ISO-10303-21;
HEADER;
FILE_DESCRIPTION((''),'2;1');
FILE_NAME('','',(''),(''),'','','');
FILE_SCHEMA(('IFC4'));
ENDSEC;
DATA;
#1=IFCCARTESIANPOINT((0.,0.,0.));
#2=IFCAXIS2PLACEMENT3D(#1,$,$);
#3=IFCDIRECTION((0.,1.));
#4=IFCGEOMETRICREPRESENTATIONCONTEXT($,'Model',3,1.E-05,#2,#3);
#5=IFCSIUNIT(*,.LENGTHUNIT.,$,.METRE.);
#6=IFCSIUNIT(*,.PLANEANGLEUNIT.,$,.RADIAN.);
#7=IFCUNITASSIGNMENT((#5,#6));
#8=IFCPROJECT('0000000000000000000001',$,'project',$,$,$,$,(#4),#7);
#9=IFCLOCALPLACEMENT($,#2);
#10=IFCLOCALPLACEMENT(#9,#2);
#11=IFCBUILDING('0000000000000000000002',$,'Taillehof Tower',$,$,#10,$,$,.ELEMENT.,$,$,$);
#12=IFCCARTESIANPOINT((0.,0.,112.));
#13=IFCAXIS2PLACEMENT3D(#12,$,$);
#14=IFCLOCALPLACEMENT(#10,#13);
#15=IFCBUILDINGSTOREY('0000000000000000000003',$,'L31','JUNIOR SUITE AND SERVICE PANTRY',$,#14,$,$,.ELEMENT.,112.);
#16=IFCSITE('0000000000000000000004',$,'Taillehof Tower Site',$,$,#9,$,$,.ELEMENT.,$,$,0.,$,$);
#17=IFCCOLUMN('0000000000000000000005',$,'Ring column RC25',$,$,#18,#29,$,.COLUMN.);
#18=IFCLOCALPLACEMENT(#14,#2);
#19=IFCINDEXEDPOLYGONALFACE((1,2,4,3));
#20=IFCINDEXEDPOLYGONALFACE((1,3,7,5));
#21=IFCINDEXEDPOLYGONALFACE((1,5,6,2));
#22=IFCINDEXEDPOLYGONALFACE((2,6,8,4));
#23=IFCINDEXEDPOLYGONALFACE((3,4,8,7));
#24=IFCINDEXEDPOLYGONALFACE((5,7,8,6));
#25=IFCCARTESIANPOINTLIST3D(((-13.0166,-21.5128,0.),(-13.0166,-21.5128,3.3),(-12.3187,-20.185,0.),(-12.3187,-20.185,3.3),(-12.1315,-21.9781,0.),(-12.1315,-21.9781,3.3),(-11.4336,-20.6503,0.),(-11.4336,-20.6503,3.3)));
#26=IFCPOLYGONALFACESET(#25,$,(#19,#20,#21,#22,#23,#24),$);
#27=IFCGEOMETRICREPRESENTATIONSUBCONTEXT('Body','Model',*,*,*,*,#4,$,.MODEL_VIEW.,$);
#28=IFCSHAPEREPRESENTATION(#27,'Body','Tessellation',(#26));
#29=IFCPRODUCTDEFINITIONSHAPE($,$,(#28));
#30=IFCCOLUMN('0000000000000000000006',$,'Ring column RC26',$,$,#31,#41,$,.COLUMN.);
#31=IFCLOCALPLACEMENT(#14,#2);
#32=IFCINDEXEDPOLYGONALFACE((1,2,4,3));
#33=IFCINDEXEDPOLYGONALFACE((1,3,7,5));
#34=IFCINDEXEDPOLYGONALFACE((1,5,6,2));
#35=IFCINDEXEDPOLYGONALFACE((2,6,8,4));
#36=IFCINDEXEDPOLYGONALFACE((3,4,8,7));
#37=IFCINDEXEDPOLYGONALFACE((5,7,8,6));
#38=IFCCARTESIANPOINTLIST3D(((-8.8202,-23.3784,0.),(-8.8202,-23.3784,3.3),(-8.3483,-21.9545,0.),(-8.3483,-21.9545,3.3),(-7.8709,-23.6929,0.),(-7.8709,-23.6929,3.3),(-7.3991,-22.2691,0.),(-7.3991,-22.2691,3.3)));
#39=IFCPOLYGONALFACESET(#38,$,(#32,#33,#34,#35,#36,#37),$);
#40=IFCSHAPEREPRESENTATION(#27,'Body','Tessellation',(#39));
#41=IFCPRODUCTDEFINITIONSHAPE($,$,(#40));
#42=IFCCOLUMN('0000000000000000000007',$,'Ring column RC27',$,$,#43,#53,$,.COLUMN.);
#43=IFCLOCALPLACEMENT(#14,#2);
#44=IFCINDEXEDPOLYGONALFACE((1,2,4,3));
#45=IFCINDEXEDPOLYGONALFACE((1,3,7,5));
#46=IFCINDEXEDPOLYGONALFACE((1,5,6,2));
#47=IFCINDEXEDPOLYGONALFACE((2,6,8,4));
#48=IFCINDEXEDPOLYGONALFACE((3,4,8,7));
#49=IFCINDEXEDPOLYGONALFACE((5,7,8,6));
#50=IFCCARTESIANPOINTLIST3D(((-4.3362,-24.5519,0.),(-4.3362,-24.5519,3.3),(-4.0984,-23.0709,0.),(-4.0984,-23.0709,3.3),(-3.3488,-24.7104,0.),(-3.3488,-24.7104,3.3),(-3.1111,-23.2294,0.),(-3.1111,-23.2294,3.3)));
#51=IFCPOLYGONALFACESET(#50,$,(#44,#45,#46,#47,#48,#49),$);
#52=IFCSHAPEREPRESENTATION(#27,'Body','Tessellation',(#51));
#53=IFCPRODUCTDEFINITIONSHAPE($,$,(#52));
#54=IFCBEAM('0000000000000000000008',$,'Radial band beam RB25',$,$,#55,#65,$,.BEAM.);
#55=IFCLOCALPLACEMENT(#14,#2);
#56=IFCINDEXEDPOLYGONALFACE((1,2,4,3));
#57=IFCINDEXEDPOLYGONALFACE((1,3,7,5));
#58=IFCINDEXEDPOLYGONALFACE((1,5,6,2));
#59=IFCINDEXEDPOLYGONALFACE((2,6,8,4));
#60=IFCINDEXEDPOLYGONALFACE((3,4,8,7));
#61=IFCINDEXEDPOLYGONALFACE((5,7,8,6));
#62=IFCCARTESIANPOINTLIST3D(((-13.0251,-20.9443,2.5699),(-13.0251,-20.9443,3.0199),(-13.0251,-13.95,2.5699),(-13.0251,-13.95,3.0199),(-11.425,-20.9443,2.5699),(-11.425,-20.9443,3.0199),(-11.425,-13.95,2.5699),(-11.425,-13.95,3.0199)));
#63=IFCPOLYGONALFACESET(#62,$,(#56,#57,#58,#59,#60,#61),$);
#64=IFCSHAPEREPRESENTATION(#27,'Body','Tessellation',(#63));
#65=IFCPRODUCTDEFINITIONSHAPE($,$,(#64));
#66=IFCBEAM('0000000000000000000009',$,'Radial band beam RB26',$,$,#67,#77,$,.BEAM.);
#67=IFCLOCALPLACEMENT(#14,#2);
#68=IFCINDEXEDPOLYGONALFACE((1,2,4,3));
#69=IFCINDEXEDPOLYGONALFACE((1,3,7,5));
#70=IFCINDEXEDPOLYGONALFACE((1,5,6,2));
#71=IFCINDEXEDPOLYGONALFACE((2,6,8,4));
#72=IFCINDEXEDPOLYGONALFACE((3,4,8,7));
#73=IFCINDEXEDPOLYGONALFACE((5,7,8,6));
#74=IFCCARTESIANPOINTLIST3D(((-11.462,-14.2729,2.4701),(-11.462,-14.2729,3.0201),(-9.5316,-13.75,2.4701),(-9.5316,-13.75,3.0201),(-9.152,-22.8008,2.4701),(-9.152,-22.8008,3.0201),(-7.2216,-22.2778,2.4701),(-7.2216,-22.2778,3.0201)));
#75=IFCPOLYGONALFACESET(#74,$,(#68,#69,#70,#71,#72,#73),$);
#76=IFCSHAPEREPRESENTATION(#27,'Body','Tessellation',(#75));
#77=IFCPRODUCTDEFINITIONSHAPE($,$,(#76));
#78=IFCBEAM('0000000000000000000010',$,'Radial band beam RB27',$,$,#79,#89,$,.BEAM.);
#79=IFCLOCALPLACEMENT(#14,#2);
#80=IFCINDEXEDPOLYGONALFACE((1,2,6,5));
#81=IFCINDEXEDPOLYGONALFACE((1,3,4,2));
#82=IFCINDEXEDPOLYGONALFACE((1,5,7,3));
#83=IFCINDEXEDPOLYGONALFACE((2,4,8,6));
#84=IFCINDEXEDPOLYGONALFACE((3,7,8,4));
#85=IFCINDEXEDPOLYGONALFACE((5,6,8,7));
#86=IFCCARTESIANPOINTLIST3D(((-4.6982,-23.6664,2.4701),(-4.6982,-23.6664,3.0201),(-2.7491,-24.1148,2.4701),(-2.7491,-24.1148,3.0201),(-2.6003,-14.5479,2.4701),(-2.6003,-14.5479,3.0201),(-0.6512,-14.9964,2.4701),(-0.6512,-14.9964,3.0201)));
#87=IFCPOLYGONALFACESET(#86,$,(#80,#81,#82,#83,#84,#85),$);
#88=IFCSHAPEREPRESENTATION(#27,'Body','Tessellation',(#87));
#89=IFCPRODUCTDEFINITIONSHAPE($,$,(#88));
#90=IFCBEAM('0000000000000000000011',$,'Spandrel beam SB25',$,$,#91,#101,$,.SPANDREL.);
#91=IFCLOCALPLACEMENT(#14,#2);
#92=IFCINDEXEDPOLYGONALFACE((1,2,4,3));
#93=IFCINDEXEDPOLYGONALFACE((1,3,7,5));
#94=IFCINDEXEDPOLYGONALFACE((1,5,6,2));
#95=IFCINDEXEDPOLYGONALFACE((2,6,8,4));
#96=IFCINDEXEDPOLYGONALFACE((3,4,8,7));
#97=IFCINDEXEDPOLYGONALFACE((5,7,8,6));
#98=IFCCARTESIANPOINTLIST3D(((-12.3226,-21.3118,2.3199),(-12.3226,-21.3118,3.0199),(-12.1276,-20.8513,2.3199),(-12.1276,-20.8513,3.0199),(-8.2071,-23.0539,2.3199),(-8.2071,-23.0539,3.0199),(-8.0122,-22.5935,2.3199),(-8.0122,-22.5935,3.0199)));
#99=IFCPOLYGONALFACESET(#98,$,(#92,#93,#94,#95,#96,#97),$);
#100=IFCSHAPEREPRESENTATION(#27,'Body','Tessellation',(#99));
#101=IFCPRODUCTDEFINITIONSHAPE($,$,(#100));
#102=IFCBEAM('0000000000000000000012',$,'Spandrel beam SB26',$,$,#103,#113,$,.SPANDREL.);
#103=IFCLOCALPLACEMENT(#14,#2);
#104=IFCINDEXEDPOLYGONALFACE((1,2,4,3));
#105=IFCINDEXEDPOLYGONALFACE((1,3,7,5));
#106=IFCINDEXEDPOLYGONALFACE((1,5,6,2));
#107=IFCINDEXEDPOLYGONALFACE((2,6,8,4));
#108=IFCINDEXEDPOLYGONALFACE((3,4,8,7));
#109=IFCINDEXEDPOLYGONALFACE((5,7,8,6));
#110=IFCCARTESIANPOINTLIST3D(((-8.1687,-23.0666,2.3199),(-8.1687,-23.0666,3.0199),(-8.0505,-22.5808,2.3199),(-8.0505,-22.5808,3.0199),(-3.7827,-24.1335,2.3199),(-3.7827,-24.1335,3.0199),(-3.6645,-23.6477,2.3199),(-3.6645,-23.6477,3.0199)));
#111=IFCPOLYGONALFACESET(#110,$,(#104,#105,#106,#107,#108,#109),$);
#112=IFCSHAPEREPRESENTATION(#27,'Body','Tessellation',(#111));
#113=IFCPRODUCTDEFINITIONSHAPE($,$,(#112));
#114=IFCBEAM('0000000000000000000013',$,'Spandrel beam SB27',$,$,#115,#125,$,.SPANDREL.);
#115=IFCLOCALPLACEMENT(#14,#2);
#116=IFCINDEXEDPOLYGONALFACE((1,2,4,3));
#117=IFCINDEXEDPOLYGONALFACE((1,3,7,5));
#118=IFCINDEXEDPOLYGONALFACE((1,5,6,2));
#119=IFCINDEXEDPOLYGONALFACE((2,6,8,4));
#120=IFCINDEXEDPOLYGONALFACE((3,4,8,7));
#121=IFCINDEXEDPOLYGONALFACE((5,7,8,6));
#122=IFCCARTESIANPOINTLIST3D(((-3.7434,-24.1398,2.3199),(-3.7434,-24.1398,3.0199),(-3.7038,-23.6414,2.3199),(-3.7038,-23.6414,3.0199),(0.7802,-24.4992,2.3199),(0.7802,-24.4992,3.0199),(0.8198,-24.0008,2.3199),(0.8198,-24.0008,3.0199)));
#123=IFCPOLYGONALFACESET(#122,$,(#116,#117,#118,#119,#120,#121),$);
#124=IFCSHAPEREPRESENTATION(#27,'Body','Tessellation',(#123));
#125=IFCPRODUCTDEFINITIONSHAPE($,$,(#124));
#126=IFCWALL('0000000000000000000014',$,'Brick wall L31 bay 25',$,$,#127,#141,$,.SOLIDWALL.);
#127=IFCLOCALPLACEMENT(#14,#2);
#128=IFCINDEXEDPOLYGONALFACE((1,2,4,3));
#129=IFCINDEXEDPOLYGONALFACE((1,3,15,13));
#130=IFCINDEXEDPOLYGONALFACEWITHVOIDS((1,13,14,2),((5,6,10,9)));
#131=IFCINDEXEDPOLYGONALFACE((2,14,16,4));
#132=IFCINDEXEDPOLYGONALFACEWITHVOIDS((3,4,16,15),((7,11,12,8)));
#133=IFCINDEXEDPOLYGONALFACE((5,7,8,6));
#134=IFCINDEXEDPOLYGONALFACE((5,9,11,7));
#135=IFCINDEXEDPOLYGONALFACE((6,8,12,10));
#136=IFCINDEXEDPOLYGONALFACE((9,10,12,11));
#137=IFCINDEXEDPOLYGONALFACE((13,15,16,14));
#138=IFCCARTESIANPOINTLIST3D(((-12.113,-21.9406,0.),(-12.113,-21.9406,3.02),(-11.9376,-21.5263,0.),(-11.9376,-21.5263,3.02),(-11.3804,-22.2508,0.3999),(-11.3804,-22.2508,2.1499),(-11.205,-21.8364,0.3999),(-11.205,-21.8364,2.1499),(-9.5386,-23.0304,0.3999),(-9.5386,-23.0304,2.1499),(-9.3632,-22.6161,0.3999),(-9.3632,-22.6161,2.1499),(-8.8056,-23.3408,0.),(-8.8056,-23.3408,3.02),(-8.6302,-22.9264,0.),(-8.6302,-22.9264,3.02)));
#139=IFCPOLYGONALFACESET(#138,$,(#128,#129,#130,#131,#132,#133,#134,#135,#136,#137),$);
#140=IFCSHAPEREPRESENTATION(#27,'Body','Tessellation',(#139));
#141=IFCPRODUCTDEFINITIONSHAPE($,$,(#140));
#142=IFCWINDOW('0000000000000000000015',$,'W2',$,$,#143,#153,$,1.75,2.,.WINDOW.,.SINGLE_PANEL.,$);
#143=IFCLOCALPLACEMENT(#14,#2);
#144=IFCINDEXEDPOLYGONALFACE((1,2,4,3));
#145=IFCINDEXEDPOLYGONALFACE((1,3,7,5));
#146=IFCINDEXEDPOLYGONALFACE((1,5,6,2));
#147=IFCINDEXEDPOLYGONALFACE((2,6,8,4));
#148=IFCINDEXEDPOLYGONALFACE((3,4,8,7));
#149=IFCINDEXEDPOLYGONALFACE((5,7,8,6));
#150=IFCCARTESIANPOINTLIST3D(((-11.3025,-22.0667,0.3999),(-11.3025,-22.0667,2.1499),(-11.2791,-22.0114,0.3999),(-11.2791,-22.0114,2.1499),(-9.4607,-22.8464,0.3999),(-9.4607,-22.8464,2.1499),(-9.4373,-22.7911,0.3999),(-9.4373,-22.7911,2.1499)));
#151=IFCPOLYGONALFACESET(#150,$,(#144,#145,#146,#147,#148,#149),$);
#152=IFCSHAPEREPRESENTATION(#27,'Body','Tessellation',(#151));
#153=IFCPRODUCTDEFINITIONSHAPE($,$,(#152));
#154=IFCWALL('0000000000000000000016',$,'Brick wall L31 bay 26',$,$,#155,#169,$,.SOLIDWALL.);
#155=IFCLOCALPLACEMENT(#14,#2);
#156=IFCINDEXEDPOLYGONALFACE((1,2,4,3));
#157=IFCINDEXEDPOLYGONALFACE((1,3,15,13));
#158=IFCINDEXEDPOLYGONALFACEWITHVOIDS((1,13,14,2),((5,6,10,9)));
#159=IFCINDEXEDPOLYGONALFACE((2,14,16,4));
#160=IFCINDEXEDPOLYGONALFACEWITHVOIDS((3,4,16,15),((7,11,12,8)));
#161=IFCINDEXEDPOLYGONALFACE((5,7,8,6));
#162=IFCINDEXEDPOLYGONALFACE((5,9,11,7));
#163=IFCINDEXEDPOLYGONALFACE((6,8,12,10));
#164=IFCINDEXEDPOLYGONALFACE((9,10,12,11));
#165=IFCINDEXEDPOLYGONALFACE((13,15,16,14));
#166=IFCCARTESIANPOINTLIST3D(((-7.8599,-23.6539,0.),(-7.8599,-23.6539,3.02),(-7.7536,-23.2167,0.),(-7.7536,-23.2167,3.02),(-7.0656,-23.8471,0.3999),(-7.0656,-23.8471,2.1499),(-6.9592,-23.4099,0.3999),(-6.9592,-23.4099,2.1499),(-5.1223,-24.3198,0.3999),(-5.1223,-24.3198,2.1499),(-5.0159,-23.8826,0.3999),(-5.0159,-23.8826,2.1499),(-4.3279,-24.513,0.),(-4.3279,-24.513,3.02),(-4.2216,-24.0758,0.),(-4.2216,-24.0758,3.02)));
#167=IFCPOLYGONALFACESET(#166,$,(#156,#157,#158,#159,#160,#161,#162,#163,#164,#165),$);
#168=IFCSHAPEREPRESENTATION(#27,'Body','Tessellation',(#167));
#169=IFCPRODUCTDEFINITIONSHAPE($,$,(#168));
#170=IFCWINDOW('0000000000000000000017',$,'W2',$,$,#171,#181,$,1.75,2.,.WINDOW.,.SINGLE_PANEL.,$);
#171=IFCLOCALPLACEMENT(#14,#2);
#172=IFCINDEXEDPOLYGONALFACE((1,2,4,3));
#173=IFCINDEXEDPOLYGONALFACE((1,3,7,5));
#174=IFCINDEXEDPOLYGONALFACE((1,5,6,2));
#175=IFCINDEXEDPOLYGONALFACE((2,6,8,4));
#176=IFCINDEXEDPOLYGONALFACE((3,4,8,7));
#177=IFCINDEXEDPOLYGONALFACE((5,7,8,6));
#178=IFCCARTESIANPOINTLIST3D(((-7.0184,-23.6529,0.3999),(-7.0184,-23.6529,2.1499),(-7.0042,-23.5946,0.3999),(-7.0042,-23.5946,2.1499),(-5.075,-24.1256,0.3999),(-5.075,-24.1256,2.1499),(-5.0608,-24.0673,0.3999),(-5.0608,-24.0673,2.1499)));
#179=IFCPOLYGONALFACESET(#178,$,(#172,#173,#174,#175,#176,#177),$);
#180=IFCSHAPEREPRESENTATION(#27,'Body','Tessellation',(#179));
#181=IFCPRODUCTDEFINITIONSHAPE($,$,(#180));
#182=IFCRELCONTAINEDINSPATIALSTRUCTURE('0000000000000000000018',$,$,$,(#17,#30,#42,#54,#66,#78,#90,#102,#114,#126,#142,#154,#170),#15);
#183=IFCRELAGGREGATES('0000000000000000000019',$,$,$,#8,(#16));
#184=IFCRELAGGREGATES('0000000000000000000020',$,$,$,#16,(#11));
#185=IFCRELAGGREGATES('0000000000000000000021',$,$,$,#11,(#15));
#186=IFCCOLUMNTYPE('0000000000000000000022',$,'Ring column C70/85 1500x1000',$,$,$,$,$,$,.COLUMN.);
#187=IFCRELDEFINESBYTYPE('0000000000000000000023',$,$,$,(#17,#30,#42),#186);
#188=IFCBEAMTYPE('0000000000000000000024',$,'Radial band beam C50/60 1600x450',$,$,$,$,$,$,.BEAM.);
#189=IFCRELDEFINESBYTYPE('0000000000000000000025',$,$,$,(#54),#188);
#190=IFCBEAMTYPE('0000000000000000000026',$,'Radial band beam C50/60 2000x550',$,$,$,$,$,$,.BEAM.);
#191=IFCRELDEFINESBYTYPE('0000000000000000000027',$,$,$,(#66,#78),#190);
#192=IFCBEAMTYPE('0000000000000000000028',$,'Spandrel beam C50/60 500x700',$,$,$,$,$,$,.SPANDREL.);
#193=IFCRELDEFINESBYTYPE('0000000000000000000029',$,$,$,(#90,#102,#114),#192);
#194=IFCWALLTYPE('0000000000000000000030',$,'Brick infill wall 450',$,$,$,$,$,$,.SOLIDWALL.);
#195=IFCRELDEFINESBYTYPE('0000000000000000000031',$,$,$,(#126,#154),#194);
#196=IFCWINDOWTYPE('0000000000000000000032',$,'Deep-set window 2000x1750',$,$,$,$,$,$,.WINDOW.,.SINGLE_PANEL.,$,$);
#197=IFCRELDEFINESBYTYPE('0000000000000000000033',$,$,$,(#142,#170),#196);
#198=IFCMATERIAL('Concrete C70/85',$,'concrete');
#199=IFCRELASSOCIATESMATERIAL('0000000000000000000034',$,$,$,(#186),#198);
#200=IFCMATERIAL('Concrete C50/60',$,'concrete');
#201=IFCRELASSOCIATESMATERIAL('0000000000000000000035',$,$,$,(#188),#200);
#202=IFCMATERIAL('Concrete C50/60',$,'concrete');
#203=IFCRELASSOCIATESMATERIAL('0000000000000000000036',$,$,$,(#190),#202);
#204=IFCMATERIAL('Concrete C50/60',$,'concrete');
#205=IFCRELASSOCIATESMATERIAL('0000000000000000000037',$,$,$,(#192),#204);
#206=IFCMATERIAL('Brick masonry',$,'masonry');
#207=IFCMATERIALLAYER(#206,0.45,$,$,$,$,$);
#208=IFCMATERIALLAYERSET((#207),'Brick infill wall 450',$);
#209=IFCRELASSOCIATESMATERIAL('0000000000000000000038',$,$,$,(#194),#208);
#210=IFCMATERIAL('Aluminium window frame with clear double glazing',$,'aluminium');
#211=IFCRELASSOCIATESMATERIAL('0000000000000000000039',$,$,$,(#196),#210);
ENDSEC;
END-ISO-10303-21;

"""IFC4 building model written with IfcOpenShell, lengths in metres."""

from ifc_helpers import new_model, si_unit, direction, frame, frame_2d, origin, origin_2d, place, context, subcontext, project, spatial, rectangle, extrude, material, layer, layer_set, material_profile, profile_set, type_object, element, fill, save


model = new_model("IFC4")

# Units and contexts
model_context = context("Model", 3, precision=1e-05, world=origin(), true_north=direction((0.0, 1.0)))
body_context = subcontext(model_context, "Body", "Model", "MODEL_VIEW")
ifc_project = project(units=[si_unit("LENGTHUNIT", "METRE"), si_unit("PLANEANGLEUNIT", "RADIAN")], contexts=[model_context])

# Site, building, storey
site_placement = place(None, origin())
site = spatial("IfcSite", under=ifc_project, at=site_placement, Name="Taillehof Tower Site", CompositionType="ELEMENT", RefElevation=0.0)
building_placement = place(site_placement, origin())
building = spatial("IfcBuilding", under=site, at=building_placement, Name="Taillehof Tower", CompositionType="ELEMENT")
storey_placement = place(building_placement, frame((0.0, 0.0, 112.0)))
storey = spatial("IfcBuildingStorey", under=building, at=storey_placement, Name="L31", Description="JUNIOR SUITE AND SERVICE PANTRY", CompositionType="ELEMENT", Elevation=112.0)

# Columns
ifc_material_1 = material(Name="Concrete C70/85", Category="concrete")
ifc_material_profile_1 = material_profile(ifc_material_1, rectangle(XDim=1.5, YDim=1.0, at=origin_2d()), Name="RC 1500x1000")
ifc_profile_set_1 = profile_set([ifc_material_profile_1], Name="Concrete C70/85")
column_type = type_object("IfcColumnType", Name="Ring column C70/85 1500x1000", PredefinedType="COLUMN", material=ifc_profile_set_1)
for number, where, z_axis, x_axis, name in (
    (1, (-12.2251, -21.0815, 0.0), (0.0, 0.0, 1.0), (-0.465283, -0.885162, 0.0), "Ring column RC25"),
    (2, (-8.1096, -22.8237, 0.0), (0.0, 0.0, 1.0), (-0.314555, -0.949239, 0.0), "Ring column RC26"),
    (3, (-3.7236, -23.8906, 0.0), (0.0, 0.0, 1.0), (-0.158507, -0.987358, 0.0), "Ring column RC27"),
):
    element("IfcColumn", number, at=place(storey_placement, frame(where, z_axis=z_axis, x_axis=x_axis)), inside=storey, type_object=column_type, Name=name, PredefinedType="COLUMN", context=body_context, shape_type="SweptSolid", body=[
        extrude(rectangle(XDim=1.5, YDim=1.0, at=origin_2d()), origin(), (0.0, 0.0, 1.0), 3.3),
    ])

# Beams
ifc_material_2 = material(Name="Concrete C50/60", Category="concrete")
ifc_material_profile_2 = material_profile(ifc_material_2, rectangle(XDim=1.6001, YDim=0.45, at=origin_2d()), Name="RC 1600x450")
ifc_profile_set_2 = profile_set([ifc_material_profile_2], Name="Concrete C50/60")
beam_type_1 = type_object("IfcBeamType", Name="Radial band beam C50/60 1600x450", PredefinedType="BEAM", material=ifc_profile_set_2)
beam_1_placement = place(storey_placement, frame((-12.2251, -20.9443, 2.7949), z_axis=(0.0, 1.0, 0.0), x_axis=(-1.0, 0.0, 0.0)))
element("IfcBeam", 4, at=beam_1_placement, inside=storey, type_object=beam_type_1, Name="Radial band beam RB25", PredefinedType="BEAM", context=body_context, shape_type="SweptSolid", body=[
    extrude(rectangle(XDim=1.6001, YDim=0.45, at=origin_2d()), origin(), (0.0, 0.0, 1.0), 6.9944),
])
ifc_material_3 = material(Name="Concrete C50/60", Category="concrete")
ifc_material_profile_3 = material_profile(ifc_material_3, rectangle(XDim=2.0, YDim=0.55, at=origin_2d()), Name="RC 2000x550")
ifc_profile_set_3 = profile_set([ifc_material_profile_3], Name="Concrete C50/60")
beam_type_2 = type_object("IfcBeamType", Name="Radial band beam C50/60 2000x550", PredefinedType="BEAM", material=ifc_profile_set_3)
beam_2_placement = place(storey_placement, frame((-8.1868, -22.5393, 2.7451), z_axis=(-0.261462, 0.965214, 0.0), x_axis=(-0.965214, -0.261462, 0.0)))
element("IfcBeam", 5, at=beam_2_placement, inside=storey, type_object=beam_type_2, Name="Radial band beam RB26", PredefinedType="BEAM", context=body_context, shape_type="SweptSolid", body=[
    extrude(rectangle(XDim=2.0, YDim=0.55, at=origin_2d()), origin(), (0.0, 0.0, 1.0), 8.8352),
])
beam_3_placement = place(storey_placement, frame((-3.7236, -23.8906, 2.7451), z_axis=(0.224215, 0.97454, 0.0), x_axis=(-0.97454, 0.224215, 0.0)))
element("IfcBeam", 6, at=beam_3_placement, inside=storey, type_object=beam_type_2, Name="Radial band beam RB27", PredefinedType="BEAM", context=body_context, shape_type="SweptSolid", body=[
    extrude(rectangle(XDim=2.0, YDim=0.55, at=origin_2d()), origin(), (0.0, 0.0, 1.0), 9.3567),
])
ifc_material_4 = material(Name="Concrete C50/60", Category="concrete")
ifc_material_profile_4 = material_profile(ifc_material_4, rectangle(XDim=0.5, YDim=0.7, at=origin_2d()), Name="RC 500x700")
ifc_profile_set_4 = profile_set([ifc_material_profile_4], Name="Concrete C50/60")
beam_type_3 = type_object("IfcBeamType", Name="Spandrel beam C50/60 500x700", PredefinedType="SPANDREL", material=ifc_profile_set_4)
beam_4_placement = place(storey_placement, frame((-12.2251, -21.0815, 2.6699), z_axis=(0.920885, -0.389834, 0.0), x_axis=(0.389834, 0.920885, 0.0)))
element("IfcBeam", 7, at=beam_4_placement, inside=storey, type_object=beam_type_3, Name="Spandrel beam SB25", PredefinedType="SPANDREL", context=body_context, shape_type="SweptSolid", body=[
    extrude(rectangle(XDim=0.5, YDim=0.7, at=origin_2d()), origin(), (0.0, 0.0, 1.0), 4.469),
])
beam_5_placement = place(storey_placement, frame((-8.1096, -22.8237, 2.6699), z_axis=(0.971666, -0.236358, 0.0), x_axis=(0.236358, 0.971666, 0.0)))
element("IfcBeam", 8, at=beam_5_placement, inside=storey, type_object=beam_type_3, Name="Spandrel beam SB26", PredefinedType="SPANDREL", context=body_context, shape_type="SweptSolid", body=[
    extrude(rectangle(XDim=0.5, YDim=0.7, at=origin_2d()), origin(), (0.0, 0.0, 1.0), 4.5139),
])
beam_6_placement = place(storey_placement, frame((-3.7236, -23.8906, 2.6699), z_axis=(0.996859, -0.079194, 0.0), x_axis=(0.079194, 0.996859, 0.0)))
element("IfcBeam", 9, at=beam_6_placement, inside=storey, type_object=beam_type_3, Name="Spandrel beam SB27", PredefinedType="SPANDREL", context=body_context, shape_type="SweptSolid", body=[
    extrude(rectangle(XDim=0.5, YDim=0.7, at=origin_2d()), origin(), (0.0, 0.0, 1.0), 4.5378),
])

# Walls, openings, windows
ifc_material_5 = material(Name="Brick masonry", Category="masonry")
ifc_layer_1 = layer(ifc_material_5, 0.45)
ifc_layer_set_1 = layer_set([ifc_layer_1], Name="Brick infill wall 450")
wall_type_1 = type_object("IfcWallType", Name="Brick infill wall 450", PredefinedType="SOLIDWALL", material=ifc_layer_set_1)
wall_1_placement = place(storey_placement, frame((-12.0254, -21.7334, 0.0), z_axis=(0.0, 0.0, 1.0), x_axis=(0.92088, -0.389846, 0.0)))
wall_1 = element("IfcWall", 10, at=wall_1_placement, inside=storey, type_object=wall_type_1, Name="Brick wall L31 bay 25", PredefinedType="SOLIDWALL", context=body_context, shape_type="SweptSolid", body=[
    extrude(rectangle(XDim=3.5916, YDim=0.45, at=frame_2d((1.7959, 0.0))), origin(), (0.0, 0.0, 1.0), 3.02),
])
opening_1_placement = place(wall_1_placement, frame((0.7957, 0.0, 0.3999)))
opening_1 = element("IfcOpeningElement", 11, at=opening_1_placement, cuts=wall_1, PredefinedType="OPENING", context=body_context, shape_type="SweptSolid", body=[
    extrude(rectangle(XDim=2.0, YDim=1.75, at=frame_2d((1.0, 0.875))), frame((0.0, 0.2349, 0.0), z_axis=(0.0, -1.0, 0.0), x_axis=(1.0, 0.0, 0.0)), (0.0, 0.0, 1.0), 0.47),
])
ifc_material_6 = material(Name="Aluminium window frame with clear double glazing", Category="aluminium")
window_type_1 = type_object("IfcWindowType", Name="Deep-set window 2000x1750", PartitioningType="SINGLE_PANEL", PredefinedType="WINDOW", material=ifc_material_6)
window_1_placement = place(opening_1_placement, origin())
window_1 = element("IfcWindow", 12, at=window_1_placement, inside=storey, type_object=window_type_1, Name="W2", OverallHeight=1.75, OverallWidth=2.0, PartitioningType="SINGLE_PANEL", PredefinedType="WINDOW", context=body_context, shape_type="SweptSolid", body=[
    extrude(rectangle(XDim=2.0, YDim=1.75, at=frame_2d((1.0, 0.875))), frame((0.0, 0.0349, 0.0), z_axis=(0.0, -1.0, 0.0), x_axis=(1.0, 0.0, 0.0)), (0.0, 0.0, 1.0), 0.0601),
])
fill(opening_1, window_1)
wall_2_placement = place(storey_placement, frame((-7.8066, -23.4353, 0.0), z_axis=(0.0, 0.0, 1.0), x_axis=(0.971668, -0.236352, 0.0)))
wall_2 = element("IfcWall", 13, at=wall_2_placement, inside=storey, type_object=wall_type_1, Name="Brick wall L31 bay 26", PredefinedType="SOLIDWALL", context=body_context, shape_type="SweptSolid", body=[
    extrude(rectangle(XDim=3.635, YDim=0.45, at=frame_2d((1.8174, 0.0))), origin(), (0.0, 0.0, 1.0), 3.02),
])
opening_2_placement = place(wall_2_placement, frame((0.8174, 0.0, 0.3999)))
opening_2 = element("IfcOpeningElement", 14, at=opening_2_placement, cuts=wall_2, PredefinedType="OPENING", context=body_context, shape_type="SweptSolid", body=[
    extrude(rectangle(XDim=2.0, YDim=1.75, at=frame_2d((1.0, 0.875))), frame((0.0, 0.2349, 0.0), z_axis=(0.0, -1.0, 0.0), x_axis=(1.0, 0.0, 0.0)), (0.0, 0.0, 1.0), 0.47),
])
window_2_placement = place(opening_2_placement, origin())
window_2 = element("IfcWindow", 15, at=window_2_placement, inside=storey, type_object=window_type_1, Name="W2", OverallHeight=1.75, OverallWidth=2.0, PartitioningType="SINGLE_PANEL", PredefinedType="WINDOW", context=body_context, shape_type="SweptSolid", body=[
    extrude(rectangle(XDim=2.0, YDim=1.75, at=frame_2d((1.0, 0.875))), frame((0.0, 0.0349, 0.0), z_axis=(0.0, -1.0, 0.0), x_axis=(1.0, 0.0, 0.0)), (0.0, 0.0, 1.0), 0.0601),
])
fill(opening_2, window_2)

save(model, "model.ifc")
